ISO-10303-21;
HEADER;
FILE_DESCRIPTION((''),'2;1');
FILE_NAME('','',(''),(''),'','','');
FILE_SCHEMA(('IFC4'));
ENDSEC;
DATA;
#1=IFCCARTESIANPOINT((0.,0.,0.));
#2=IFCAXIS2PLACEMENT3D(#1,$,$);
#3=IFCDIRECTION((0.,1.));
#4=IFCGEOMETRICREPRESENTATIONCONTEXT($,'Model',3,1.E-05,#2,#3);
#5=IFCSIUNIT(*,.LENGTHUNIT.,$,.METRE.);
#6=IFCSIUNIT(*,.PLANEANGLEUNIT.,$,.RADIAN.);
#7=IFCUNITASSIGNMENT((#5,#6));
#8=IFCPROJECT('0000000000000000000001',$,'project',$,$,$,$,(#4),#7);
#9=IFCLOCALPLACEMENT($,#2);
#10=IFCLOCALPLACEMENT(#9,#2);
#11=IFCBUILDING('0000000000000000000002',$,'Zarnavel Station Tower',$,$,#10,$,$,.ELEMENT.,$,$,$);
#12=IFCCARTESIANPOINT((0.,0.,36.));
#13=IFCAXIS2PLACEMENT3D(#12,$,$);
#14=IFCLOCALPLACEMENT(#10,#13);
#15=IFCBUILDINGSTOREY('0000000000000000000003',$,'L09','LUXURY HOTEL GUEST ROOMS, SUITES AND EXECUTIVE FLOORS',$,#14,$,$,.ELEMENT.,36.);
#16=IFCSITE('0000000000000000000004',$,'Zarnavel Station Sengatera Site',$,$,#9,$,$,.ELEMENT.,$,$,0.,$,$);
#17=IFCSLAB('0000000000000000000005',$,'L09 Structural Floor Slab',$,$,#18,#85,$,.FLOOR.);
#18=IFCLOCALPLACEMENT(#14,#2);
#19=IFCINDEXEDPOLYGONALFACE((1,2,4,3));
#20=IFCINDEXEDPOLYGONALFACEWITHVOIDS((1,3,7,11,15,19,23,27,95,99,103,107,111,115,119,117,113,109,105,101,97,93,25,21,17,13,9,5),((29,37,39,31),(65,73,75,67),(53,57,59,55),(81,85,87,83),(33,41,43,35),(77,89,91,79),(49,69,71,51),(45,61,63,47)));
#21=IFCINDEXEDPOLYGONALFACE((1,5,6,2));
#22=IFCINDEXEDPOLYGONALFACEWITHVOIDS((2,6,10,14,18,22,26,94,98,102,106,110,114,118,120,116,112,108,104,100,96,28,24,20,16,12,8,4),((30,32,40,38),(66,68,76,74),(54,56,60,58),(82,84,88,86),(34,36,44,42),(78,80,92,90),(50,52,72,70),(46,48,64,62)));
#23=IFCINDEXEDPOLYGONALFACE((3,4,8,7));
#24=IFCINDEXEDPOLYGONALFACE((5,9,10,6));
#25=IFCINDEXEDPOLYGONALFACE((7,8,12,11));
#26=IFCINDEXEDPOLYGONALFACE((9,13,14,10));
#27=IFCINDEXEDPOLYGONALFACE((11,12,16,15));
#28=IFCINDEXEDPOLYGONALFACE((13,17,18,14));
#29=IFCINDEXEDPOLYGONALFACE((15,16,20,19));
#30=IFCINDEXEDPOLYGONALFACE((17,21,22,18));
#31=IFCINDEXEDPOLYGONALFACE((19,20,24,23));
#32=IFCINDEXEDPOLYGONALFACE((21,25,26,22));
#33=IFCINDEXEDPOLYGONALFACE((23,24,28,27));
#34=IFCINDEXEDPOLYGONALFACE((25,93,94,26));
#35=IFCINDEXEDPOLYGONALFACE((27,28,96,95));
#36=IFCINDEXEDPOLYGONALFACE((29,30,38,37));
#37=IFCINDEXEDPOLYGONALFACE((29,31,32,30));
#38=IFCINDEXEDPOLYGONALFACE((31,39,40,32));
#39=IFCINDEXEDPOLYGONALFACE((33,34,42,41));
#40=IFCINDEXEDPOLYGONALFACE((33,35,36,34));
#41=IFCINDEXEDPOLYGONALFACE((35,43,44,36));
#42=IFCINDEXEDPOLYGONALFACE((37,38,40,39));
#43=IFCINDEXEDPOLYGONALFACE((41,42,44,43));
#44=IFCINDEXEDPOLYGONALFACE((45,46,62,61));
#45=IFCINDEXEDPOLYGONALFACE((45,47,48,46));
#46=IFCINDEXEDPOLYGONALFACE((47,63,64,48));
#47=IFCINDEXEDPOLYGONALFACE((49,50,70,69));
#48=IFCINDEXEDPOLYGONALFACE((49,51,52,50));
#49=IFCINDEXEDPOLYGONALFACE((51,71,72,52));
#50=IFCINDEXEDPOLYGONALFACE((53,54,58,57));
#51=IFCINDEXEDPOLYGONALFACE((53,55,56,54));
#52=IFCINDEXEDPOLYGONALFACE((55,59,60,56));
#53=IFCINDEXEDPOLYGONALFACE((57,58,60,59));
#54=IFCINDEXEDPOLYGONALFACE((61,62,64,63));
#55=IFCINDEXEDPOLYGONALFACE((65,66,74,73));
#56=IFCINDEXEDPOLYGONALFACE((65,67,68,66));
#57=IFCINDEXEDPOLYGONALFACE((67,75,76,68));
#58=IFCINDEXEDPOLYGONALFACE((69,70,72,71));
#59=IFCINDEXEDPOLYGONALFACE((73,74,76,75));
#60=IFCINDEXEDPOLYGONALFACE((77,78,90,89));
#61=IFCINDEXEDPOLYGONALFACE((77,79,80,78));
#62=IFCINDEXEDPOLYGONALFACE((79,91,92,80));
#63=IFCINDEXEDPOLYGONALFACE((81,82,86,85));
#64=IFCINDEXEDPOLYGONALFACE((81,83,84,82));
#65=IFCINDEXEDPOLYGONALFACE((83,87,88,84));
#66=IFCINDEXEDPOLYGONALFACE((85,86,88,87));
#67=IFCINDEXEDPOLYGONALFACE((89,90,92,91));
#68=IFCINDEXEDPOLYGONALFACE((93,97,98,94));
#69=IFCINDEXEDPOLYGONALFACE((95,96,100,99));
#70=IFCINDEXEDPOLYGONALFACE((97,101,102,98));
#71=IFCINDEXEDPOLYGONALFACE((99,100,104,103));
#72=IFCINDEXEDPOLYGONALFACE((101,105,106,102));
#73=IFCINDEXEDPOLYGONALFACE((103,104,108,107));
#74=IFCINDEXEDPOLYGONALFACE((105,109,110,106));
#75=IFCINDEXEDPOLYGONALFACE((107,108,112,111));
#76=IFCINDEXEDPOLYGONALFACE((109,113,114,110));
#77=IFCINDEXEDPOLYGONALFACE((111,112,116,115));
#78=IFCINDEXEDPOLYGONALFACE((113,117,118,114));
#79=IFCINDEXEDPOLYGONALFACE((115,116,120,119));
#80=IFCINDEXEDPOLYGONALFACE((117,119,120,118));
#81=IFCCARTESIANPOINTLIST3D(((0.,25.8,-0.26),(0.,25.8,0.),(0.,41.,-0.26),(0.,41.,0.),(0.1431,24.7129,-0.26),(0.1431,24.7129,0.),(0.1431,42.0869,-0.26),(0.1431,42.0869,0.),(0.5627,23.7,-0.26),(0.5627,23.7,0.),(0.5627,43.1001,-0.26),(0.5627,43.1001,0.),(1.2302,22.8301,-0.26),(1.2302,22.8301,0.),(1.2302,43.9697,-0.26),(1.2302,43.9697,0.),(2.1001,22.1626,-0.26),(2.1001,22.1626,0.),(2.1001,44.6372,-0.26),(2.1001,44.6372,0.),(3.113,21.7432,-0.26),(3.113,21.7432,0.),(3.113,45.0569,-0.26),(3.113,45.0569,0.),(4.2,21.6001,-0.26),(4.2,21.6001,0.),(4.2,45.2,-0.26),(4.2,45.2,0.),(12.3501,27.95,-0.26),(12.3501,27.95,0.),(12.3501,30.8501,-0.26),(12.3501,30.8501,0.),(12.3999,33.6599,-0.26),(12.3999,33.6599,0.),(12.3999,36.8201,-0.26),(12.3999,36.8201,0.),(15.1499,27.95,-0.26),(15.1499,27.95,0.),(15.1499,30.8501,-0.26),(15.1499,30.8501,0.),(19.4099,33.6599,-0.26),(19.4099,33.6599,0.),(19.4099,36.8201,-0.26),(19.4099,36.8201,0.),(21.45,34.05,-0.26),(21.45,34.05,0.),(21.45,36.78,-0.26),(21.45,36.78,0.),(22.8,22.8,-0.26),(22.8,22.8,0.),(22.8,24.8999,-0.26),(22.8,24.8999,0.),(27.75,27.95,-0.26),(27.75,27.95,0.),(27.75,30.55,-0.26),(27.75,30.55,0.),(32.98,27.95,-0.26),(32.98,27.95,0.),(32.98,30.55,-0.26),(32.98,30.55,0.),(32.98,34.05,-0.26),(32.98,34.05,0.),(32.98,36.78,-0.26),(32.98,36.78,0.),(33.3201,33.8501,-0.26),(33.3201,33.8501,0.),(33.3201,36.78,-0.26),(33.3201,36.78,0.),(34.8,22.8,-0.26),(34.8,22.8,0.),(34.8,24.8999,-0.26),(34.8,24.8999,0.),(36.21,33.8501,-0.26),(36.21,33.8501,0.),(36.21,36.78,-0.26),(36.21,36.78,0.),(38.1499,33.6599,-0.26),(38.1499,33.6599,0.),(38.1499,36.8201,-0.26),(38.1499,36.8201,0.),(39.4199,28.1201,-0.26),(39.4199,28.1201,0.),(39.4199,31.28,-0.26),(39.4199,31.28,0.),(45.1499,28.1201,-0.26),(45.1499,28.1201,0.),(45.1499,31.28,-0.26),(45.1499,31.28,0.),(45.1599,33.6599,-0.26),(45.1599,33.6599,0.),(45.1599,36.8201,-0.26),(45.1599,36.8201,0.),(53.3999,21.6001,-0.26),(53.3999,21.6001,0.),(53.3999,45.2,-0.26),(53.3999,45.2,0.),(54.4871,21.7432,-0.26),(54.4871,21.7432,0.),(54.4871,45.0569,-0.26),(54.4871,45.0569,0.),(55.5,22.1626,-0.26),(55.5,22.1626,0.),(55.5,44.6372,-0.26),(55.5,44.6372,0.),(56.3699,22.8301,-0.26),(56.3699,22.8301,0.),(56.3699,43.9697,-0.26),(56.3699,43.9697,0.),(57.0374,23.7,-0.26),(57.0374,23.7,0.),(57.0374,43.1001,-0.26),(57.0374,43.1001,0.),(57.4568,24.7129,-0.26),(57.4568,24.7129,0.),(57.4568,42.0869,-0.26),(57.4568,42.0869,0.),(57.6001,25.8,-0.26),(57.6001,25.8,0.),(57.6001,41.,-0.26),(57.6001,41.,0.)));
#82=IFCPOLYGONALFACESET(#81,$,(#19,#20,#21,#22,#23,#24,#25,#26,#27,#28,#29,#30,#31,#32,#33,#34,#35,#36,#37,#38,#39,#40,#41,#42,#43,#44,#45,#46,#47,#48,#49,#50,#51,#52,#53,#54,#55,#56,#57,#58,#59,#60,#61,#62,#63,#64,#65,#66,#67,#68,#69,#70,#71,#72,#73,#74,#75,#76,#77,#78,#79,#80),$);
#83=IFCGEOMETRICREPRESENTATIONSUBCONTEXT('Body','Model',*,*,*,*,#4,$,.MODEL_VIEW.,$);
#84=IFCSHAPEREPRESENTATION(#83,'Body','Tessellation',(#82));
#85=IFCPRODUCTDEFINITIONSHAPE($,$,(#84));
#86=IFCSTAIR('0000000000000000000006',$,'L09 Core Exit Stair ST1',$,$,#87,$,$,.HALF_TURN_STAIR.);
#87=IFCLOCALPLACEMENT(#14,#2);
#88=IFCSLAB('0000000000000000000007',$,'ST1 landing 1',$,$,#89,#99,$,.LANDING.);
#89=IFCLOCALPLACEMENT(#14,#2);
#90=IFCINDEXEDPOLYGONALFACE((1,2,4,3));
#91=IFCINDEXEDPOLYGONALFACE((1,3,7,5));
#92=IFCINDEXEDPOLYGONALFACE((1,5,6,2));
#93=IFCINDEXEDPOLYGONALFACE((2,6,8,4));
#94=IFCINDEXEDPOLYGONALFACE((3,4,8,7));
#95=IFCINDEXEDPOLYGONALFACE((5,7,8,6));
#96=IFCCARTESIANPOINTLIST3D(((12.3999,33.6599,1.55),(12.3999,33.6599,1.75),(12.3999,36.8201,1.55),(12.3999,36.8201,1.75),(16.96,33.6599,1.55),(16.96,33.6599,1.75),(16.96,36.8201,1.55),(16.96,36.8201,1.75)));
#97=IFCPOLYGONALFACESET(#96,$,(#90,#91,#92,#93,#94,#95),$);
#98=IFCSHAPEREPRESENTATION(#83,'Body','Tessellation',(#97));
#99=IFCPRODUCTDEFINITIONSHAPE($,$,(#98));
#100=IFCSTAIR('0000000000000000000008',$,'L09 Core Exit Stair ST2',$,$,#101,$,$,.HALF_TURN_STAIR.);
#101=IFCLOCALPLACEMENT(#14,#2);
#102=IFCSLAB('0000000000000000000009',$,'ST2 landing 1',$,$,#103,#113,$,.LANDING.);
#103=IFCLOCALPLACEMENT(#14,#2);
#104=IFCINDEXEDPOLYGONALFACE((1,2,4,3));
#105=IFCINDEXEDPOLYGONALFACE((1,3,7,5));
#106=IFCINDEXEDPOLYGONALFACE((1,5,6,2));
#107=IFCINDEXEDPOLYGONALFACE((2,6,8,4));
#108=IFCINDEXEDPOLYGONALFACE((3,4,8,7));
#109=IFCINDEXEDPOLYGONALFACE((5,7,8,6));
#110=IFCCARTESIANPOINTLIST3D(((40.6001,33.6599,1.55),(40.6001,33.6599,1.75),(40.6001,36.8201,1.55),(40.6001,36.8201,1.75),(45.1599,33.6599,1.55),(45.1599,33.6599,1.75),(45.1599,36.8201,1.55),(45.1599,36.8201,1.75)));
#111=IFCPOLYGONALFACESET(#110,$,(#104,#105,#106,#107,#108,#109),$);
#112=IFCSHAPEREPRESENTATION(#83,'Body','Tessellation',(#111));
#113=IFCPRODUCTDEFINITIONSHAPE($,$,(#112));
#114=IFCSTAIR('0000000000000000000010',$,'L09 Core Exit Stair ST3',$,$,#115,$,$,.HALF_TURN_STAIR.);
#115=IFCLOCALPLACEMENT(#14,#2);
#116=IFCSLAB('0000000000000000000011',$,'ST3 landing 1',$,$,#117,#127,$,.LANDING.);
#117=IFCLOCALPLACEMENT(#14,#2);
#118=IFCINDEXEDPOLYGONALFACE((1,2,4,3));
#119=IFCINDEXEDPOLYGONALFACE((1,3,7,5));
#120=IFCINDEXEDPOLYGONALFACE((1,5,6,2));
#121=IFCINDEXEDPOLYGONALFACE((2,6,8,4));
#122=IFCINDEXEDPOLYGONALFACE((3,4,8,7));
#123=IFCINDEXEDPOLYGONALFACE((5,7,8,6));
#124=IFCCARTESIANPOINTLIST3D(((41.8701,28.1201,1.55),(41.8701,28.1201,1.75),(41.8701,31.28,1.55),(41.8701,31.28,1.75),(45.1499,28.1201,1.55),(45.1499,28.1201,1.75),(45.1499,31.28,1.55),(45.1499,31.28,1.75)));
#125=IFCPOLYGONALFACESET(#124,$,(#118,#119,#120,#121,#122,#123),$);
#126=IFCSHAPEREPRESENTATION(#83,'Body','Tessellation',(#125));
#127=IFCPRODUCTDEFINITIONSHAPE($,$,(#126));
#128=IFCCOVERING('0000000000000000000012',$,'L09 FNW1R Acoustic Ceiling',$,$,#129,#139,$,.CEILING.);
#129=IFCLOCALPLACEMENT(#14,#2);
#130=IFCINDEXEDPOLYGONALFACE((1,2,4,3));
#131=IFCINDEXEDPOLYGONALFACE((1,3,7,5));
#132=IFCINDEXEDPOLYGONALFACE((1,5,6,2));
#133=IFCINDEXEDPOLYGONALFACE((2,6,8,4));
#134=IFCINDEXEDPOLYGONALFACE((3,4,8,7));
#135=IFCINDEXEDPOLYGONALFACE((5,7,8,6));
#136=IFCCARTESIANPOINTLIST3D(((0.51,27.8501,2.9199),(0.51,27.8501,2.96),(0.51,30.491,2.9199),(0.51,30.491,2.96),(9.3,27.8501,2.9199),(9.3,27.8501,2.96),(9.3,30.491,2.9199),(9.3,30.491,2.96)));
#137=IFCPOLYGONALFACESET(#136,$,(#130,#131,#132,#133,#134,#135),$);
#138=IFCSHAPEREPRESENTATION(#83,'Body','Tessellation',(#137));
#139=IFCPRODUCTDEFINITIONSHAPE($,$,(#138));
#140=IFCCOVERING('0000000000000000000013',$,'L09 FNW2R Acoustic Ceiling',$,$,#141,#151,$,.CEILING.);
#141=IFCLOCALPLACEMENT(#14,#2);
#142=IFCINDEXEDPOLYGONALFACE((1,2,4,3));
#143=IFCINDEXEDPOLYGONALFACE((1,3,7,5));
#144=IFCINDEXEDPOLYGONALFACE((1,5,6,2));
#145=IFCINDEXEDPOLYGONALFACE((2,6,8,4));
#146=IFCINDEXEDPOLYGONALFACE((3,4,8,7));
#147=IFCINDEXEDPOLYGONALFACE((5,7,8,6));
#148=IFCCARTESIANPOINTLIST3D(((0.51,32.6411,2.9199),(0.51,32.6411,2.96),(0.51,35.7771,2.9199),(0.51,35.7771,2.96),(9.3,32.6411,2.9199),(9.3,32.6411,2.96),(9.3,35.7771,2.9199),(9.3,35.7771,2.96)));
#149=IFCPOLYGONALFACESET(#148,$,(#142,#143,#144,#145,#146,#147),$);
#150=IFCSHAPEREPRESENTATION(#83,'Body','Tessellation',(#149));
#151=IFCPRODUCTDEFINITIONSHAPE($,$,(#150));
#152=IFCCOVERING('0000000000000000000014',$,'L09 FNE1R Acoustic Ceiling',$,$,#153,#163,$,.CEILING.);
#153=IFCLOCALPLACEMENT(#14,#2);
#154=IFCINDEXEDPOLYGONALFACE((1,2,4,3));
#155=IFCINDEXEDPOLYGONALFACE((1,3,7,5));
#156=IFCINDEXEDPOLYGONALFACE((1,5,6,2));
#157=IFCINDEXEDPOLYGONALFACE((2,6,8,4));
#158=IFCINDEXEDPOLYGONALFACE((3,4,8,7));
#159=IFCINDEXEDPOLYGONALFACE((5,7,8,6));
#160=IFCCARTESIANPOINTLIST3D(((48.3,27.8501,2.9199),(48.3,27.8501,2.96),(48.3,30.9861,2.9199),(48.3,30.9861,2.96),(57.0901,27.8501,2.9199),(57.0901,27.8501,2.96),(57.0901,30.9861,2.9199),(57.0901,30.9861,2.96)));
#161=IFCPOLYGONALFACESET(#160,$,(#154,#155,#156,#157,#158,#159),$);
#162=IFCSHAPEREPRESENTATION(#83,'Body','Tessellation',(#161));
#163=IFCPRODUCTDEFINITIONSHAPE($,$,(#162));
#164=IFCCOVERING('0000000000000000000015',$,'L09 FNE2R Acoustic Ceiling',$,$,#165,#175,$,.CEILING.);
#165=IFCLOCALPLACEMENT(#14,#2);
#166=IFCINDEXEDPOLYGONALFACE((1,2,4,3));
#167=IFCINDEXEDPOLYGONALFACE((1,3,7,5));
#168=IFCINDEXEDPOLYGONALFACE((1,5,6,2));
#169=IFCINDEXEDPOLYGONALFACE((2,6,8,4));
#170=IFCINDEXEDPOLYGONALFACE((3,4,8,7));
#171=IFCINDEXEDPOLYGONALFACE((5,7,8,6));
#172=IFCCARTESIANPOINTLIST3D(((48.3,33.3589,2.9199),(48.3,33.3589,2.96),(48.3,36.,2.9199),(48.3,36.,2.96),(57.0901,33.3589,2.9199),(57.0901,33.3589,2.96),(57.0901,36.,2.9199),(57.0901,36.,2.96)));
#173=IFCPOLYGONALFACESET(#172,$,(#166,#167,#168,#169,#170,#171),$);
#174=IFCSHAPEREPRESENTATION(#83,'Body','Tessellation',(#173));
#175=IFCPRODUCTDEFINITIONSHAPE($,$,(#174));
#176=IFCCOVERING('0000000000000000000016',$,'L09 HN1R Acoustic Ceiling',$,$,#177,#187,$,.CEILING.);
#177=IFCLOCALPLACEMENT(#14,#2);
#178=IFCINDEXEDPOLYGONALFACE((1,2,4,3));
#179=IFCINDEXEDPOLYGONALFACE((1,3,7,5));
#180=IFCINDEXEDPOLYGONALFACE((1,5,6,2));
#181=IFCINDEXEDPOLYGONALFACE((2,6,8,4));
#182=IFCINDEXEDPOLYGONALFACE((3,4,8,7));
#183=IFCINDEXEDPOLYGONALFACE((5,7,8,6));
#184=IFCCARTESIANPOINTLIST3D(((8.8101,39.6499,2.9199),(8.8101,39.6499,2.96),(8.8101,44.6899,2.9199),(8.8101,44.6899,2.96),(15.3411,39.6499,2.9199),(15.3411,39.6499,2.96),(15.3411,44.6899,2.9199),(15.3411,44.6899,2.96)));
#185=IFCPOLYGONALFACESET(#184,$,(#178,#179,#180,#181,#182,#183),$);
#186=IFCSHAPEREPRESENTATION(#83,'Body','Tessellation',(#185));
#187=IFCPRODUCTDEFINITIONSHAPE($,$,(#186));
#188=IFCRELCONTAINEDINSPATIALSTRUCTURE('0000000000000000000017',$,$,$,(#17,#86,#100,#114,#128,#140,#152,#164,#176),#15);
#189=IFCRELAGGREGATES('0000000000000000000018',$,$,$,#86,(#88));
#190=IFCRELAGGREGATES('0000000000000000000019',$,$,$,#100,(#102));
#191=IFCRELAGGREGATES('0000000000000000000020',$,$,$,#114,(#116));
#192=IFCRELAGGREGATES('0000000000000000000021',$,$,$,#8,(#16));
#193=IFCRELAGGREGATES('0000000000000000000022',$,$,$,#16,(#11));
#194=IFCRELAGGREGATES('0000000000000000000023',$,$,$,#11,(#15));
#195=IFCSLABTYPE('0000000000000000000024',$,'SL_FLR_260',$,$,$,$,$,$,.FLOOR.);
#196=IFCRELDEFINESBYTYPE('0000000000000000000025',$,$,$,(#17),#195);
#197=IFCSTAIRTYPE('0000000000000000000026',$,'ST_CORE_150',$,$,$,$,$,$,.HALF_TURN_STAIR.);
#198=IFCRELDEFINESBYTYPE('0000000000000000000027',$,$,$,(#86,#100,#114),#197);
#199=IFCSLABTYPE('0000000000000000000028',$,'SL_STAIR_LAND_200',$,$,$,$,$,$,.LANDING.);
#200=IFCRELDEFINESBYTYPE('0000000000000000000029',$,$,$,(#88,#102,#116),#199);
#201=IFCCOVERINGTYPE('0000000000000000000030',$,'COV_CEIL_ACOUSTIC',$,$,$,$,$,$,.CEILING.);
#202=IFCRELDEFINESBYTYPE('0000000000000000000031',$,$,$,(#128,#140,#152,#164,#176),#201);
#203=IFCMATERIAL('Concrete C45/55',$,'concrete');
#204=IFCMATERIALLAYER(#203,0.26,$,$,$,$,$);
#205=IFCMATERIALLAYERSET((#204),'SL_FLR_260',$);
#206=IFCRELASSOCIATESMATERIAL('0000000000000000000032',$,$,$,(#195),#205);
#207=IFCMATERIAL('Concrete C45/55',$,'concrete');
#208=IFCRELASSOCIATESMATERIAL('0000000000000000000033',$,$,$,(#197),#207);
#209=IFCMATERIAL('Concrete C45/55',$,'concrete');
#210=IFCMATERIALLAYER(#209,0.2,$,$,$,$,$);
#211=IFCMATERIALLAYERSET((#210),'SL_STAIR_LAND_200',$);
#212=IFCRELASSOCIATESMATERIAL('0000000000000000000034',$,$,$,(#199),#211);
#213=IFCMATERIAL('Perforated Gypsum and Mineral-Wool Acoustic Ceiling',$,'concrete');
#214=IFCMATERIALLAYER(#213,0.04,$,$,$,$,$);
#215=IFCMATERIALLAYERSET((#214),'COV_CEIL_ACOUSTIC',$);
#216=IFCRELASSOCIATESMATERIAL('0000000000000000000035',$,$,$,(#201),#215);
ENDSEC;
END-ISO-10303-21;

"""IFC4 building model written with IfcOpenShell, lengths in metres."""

from ifc_helpers import new_model, si_unit, direction, frame, origin, place, context, subcontext, project, spatial, polyline, outline, extrude, material, layer, layer_set, type_object, element, aggregate, save


model = new_model("IFC4")

# Units and contexts
model_context = context("Model", 3, precision=1e-05, world=origin(), true_north=direction((0.0, 1.0)))
body_context = subcontext(model_context, "Body", "Model", "MODEL_VIEW")
ifc_project = project(units=[si_unit("LENGTHUNIT", "METRE"), si_unit("PLANEANGLEUNIT", "RADIAN")], contexts=[model_context])

# Site, building, storey
site_placement = place(None, origin())
site = spatial("IfcSite", under=ifc_project, at=site_placement, Name="Zarnavel Station Sengatera Site", CompositionType="ELEMENT", RefElevation=0.0)
building_placement = place(site_placement, origin())
building = spatial("IfcBuilding", under=site, at=building_placement, Name="Zarnavel Station Tower", CompositionType="ELEMENT")
storey_placement = place(building_placement, frame((0.0, 0.0, 36.0)))
storey = spatial("IfcBuildingStorey", under=building, at=storey_placement, Name="L09", Description="LUXURY HOTEL GUEST ROOMS, SUITES AND EXECUTIVE FLOORS", CompositionType="ELEMENT", Elevation=36.0)

# Slab
ifc_material_1 = material(Name="Concrete C45/55", Category="concrete")
ifc_layer_1 = layer(ifc_material_1, 0.26)
ifc_layer_set_1 = layer_set([ifc_layer_1], Name="SL_FLR_260")
slab_type_1 = type_object("IfcSlabType", Name="SL_FLR_260", PredefinedType="FLOOR", material=ifc_layer_set_1)
slab_1_placement = place(storey_placement, frame((0.0, 0.0, -0.26)))
element("IfcSlab", 1, at=slab_1_placement, inside=storey, type_object=slab_type_1, Name="L09 Structural Floor Slab", PredefinedType="FLOOR", context=body_context, shape_type="SweptSolid", body=[
    extrude(outline(polyline([(53.3999, 21.6001), (54.4871, 21.7432), (55.5, 22.1626), (56.3699, 22.8301), (57.0374, 23.7), (57.4568, 24.7129), (57.6001, 25.8), (57.6001, 41.0), (57.4568, 42.0869), (57.0374, 43.1001), (56.3699, 43.9697), (55.5, 44.6372), (54.4871, 45.0569), (53.3999, 45.2), (4.2, 45.2), (3.113, 45.0569), (2.1001, 44.6372), (1.2302, 43.9697), (0.5627, 43.1001), (0.1431, 42.0869), (0.0, 41.0), (0.0, 25.8), (0.1431, 24.7129), (0.5627, 23.7), (1.2302, 22.8301), (2.1001, 22.1626), (3.113, 21.7432), (4.2, 21.6001), (53.3999, 21.6001)]), holes=[polyline([(12.3999, 33.6599), (19.4099, 33.6599), (19.4099, 36.8201), (12.3999, 36.8201), (12.3999, 33.6599)]), polyline([(38.1499, 33.6599), (45.1599, 33.6599), (45.1599, 36.8201), (38.1499, 36.8201), (38.1499, 33.6599)]), polyline([(39.4199, 28.1201), (45.1499, 28.1201), (45.1499, 31.28), (39.4199, 31.28), (39.4199, 28.1201)]), polyline([(12.3501, 27.95), (15.1499, 27.95), (15.1499, 30.8501), (12.3501, 30.8501), (12.3501, 27.95)]), polyline([(33.3201, 33.8501), (36.21, 33.8501), (36.21, 36.78), (33.3201, 36.78), (33.3201, 33.8501)]), polyline([(21.45, 34.05), (32.98, 34.05), (32.98, 36.78), (21.45, 36.78), (21.45, 34.05)]), polyline([(27.75, 27.95), (32.98, 27.95), (32.98, 30.55), (27.75, 30.55), (27.75, 27.95)]), polyline([(22.8, 22.8), (34.8, 22.8), (34.8, 24.8999), (22.8, 24.8999), (22.8, 22.8)])]), origin(), (0.0, 0.0, 1.0), 0.26),
])

# Stairs, slabs
ifc_material_2 = material(Name="Concrete C45/55", Category="concrete")
stair_type = type_object("IfcStairType", Name="ST_CORE_150", PredefinedType="HALF_TURN_STAIR", material=ifc_material_2)
stair_1_placement = place(storey_placement, origin())
stair_1 = element("IfcStair", 2, at=stair_1_placement, inside=storey, type_object=stair_type, Name="L09 Core Exit Stair ST1", PredefinedType="HALF_TURN_STAIR")
ifc_material_3 = material(Name="Concrete C45/55", Category="concrete")
ifc_layer_2 = layer(ifc_material_3, 0.2)
ifc_layer_set_2 = layer_set([ifc_layer_2], Name="SL_STAIR_LAND_200")
slab_type_2 = type_object("IfcSlabType", Name="SL_STAIR_LAND_200", PredefinedType="LANDING", material=ifc_layer_set_2)
slab_2_placement = place(storey_placement, frame((0.0, 0.0, 1.55)))
slab_2 = element("IfcSlab", 3, at=slab_2_placement, type_object=slab_type_2, Name="ST1 landing 1", PredefinedType="LANDING", context=body_context, shape_type="SweptSolid", body=[
    extrude(outline(polyline([(16.96, 36.8201), (12.3999, 36.8201), (12.3999, 33.6599), (16.96, 33.6599), (16.96, 36.8201)])), origin(), (0.0, 0.0, 1.0), 0.2),
])
aggregate(stair_1, [slab_2])
stair_2_placement = place(storey_placement, origin())
stair_2 = element("IfcStair", 4, at=stair_2_placement, inside=storey, type_object=stair_type, Name="L09 Core Exit Stair ST2", PredefinedType="HALF_TURN_STAIR")
slab_3_placement = place(storey_placement, frame((0.0, 0.0, 1.55)))
slab_3 = element("IfcSlab", 5, at=slab_3_placement, type_object=slab_type_2, Name="ST2 landing 1", PredefinedType="LANDING", context=body_context, shape_type="SweptSolid", body=[
    extrude(outline(polyline([(40.6001, 33.6599), (45.1599, 33.6599), (45.1599, 36.8201), (40.6001, 36.8201), (40.6001, 33.6599)])), origin(), (0.0, 0.0, 1.0), 0.2),
])
aggregate(stair_2, [slab_3])
stair_3_placement = place(storey_placement, origin())
stair_3 = element("IfcStair", 6, at=stair_3_placement, inside=storey, type_object=stair_type, Name="L09 Core Exit Stair ST3", PredefinedType="HALF_TURN_STAIR")
slab_4_placement = place(storey_placement, frame((0.0, 0.0, 1.55)))
slab_4 = element("IfcSlab", 7, at=slab_4_placement, type_object=slab_type_2, Name="ST3 landing 1", PredefinedType="LANDING", context=body_context, shape_type="SweptSolid", body=[
    extrude(outline(polyline([(41.8701, 28.1201), (45.1499, 28.1201), (45.1499, 31.28), (41.8701, 31.28), (41.8701, 28.1201)])), origin(), (0.0, 0.0, 1.0), 0.2),
])
aggregate(stair_3, [slab_4])

# Coverings
ifc_material_4 = material(Name="Perforated Gypsum and Mineral-Wool Acoustic Ceiling", Category="concrete")
ifc_layer_3 = layer(ifc_material_4, 0.04)
ifc_layer_set_3 = layer_set([ifc_layer_3], Name="COV_CEIL_ACOUSTIC")
covering_type_1 = type_object("IfcCoveringType", Name="COV_CEIL_ACOUSTIC", PredefinedType="CEILING", material=ifc_layer_set_3)
covering_1_placement = place(storey_placement, frame((0.0, 0.0, 2.9199)))
element("IfcCovering", 8, at=covering_1_placement, inside=storey, type_object=covering_type_1, Name="L09 FNW1R Acoustic Ceiling", PredefinedType="CEILING", context=body_context, shape_type="SweptSolid", body=[
    extrude(outline(polyline([(0.51, 27.8501), (9.3, 27.8501), (9.3, 30.491), (0.51, 30.491), (0.51, 27.8501)])), origin(), (0.0, 0.0, 1.0), 0.04),
])
covering_2_placement = place(storey_placement, frame((0.0, 0.0, 2.9199)))
element("IfcCovering", 9, at=covering_2_placement, inside=storey, type_object=covering_type_1, Name="L09 FNW2R Acoustic Ceiling", PredefinedType="CEILING", context=body_context, shape_type="SweptSolid", body=[
    extrude(outline(polyline([(0.51, 32.6411), (9.3, 32.6411), (9.3, 35.7771), (0.51, 35.7771), (0.51, 32.6411)])), origin(), (0.0, 0.0, 1.0), 0.04),
])
covering_3_placement = place(storey_placement, frame((0.0, 0.0, 2.9199)))
element("IfcCovering", 10, at=covering_3_placement, inside=storey, type_object=covering_type_1, Name="L09 FNE1R Acoustic Ceiling", PredefinedType="CEILING", context=body_context, shape_type="SweptSolid", body=[
    extrude(outline(polyline([(48.3, 27.8501), (57.0901, 27.8501), (57.0901, 30.9861), (48.3, 30.9861), (48.3, 27.8501)])), origin(), (0.0, 0.0, 1.0), 0.04),
])
covering_4_placement = place(storey_placement, frame((0.0, 0.0, 2.9199)))
element("IfcCovering", 11, at=covering_4_placement, inside=storey, type_object=covering_type_1, Name="L09 FNE2R Acoustic Ceiling", PredefinedType="CEILING", context=body_context, shape_type="SweptSolid", body=[
    extrude(outline(polyline([(48.3, 33.3589), (57.0901, 33.3589), (57.0901, 36.0), (48.3, 36.0), (48.3, 33.3589)])), origin(), (0.0, 0.0, 1.0), 0.04),
])
covering_5_placement = place(storey_placement, frame((0.0, 0.0, 2.9199)))
element("IfcCovering", 12, at=covering_5_placement, inside=storey, type_object=covering_type_1, Name="L09 HN1R Acoustic Ceiling", PredefinedType="CEILING", context=body_context, shape_type="SweptSolid", body=[
    extrude(outline(polyline([(8.8101, 39.6499), (15.3411, 39.6499), (15.3411, 44.6899), (8.8101, 44.6899), (8.8101, 39.6499)])), origin(), (0.0, 0.0, 1.0), 0.04),
])

save(model, "model.ifc")
